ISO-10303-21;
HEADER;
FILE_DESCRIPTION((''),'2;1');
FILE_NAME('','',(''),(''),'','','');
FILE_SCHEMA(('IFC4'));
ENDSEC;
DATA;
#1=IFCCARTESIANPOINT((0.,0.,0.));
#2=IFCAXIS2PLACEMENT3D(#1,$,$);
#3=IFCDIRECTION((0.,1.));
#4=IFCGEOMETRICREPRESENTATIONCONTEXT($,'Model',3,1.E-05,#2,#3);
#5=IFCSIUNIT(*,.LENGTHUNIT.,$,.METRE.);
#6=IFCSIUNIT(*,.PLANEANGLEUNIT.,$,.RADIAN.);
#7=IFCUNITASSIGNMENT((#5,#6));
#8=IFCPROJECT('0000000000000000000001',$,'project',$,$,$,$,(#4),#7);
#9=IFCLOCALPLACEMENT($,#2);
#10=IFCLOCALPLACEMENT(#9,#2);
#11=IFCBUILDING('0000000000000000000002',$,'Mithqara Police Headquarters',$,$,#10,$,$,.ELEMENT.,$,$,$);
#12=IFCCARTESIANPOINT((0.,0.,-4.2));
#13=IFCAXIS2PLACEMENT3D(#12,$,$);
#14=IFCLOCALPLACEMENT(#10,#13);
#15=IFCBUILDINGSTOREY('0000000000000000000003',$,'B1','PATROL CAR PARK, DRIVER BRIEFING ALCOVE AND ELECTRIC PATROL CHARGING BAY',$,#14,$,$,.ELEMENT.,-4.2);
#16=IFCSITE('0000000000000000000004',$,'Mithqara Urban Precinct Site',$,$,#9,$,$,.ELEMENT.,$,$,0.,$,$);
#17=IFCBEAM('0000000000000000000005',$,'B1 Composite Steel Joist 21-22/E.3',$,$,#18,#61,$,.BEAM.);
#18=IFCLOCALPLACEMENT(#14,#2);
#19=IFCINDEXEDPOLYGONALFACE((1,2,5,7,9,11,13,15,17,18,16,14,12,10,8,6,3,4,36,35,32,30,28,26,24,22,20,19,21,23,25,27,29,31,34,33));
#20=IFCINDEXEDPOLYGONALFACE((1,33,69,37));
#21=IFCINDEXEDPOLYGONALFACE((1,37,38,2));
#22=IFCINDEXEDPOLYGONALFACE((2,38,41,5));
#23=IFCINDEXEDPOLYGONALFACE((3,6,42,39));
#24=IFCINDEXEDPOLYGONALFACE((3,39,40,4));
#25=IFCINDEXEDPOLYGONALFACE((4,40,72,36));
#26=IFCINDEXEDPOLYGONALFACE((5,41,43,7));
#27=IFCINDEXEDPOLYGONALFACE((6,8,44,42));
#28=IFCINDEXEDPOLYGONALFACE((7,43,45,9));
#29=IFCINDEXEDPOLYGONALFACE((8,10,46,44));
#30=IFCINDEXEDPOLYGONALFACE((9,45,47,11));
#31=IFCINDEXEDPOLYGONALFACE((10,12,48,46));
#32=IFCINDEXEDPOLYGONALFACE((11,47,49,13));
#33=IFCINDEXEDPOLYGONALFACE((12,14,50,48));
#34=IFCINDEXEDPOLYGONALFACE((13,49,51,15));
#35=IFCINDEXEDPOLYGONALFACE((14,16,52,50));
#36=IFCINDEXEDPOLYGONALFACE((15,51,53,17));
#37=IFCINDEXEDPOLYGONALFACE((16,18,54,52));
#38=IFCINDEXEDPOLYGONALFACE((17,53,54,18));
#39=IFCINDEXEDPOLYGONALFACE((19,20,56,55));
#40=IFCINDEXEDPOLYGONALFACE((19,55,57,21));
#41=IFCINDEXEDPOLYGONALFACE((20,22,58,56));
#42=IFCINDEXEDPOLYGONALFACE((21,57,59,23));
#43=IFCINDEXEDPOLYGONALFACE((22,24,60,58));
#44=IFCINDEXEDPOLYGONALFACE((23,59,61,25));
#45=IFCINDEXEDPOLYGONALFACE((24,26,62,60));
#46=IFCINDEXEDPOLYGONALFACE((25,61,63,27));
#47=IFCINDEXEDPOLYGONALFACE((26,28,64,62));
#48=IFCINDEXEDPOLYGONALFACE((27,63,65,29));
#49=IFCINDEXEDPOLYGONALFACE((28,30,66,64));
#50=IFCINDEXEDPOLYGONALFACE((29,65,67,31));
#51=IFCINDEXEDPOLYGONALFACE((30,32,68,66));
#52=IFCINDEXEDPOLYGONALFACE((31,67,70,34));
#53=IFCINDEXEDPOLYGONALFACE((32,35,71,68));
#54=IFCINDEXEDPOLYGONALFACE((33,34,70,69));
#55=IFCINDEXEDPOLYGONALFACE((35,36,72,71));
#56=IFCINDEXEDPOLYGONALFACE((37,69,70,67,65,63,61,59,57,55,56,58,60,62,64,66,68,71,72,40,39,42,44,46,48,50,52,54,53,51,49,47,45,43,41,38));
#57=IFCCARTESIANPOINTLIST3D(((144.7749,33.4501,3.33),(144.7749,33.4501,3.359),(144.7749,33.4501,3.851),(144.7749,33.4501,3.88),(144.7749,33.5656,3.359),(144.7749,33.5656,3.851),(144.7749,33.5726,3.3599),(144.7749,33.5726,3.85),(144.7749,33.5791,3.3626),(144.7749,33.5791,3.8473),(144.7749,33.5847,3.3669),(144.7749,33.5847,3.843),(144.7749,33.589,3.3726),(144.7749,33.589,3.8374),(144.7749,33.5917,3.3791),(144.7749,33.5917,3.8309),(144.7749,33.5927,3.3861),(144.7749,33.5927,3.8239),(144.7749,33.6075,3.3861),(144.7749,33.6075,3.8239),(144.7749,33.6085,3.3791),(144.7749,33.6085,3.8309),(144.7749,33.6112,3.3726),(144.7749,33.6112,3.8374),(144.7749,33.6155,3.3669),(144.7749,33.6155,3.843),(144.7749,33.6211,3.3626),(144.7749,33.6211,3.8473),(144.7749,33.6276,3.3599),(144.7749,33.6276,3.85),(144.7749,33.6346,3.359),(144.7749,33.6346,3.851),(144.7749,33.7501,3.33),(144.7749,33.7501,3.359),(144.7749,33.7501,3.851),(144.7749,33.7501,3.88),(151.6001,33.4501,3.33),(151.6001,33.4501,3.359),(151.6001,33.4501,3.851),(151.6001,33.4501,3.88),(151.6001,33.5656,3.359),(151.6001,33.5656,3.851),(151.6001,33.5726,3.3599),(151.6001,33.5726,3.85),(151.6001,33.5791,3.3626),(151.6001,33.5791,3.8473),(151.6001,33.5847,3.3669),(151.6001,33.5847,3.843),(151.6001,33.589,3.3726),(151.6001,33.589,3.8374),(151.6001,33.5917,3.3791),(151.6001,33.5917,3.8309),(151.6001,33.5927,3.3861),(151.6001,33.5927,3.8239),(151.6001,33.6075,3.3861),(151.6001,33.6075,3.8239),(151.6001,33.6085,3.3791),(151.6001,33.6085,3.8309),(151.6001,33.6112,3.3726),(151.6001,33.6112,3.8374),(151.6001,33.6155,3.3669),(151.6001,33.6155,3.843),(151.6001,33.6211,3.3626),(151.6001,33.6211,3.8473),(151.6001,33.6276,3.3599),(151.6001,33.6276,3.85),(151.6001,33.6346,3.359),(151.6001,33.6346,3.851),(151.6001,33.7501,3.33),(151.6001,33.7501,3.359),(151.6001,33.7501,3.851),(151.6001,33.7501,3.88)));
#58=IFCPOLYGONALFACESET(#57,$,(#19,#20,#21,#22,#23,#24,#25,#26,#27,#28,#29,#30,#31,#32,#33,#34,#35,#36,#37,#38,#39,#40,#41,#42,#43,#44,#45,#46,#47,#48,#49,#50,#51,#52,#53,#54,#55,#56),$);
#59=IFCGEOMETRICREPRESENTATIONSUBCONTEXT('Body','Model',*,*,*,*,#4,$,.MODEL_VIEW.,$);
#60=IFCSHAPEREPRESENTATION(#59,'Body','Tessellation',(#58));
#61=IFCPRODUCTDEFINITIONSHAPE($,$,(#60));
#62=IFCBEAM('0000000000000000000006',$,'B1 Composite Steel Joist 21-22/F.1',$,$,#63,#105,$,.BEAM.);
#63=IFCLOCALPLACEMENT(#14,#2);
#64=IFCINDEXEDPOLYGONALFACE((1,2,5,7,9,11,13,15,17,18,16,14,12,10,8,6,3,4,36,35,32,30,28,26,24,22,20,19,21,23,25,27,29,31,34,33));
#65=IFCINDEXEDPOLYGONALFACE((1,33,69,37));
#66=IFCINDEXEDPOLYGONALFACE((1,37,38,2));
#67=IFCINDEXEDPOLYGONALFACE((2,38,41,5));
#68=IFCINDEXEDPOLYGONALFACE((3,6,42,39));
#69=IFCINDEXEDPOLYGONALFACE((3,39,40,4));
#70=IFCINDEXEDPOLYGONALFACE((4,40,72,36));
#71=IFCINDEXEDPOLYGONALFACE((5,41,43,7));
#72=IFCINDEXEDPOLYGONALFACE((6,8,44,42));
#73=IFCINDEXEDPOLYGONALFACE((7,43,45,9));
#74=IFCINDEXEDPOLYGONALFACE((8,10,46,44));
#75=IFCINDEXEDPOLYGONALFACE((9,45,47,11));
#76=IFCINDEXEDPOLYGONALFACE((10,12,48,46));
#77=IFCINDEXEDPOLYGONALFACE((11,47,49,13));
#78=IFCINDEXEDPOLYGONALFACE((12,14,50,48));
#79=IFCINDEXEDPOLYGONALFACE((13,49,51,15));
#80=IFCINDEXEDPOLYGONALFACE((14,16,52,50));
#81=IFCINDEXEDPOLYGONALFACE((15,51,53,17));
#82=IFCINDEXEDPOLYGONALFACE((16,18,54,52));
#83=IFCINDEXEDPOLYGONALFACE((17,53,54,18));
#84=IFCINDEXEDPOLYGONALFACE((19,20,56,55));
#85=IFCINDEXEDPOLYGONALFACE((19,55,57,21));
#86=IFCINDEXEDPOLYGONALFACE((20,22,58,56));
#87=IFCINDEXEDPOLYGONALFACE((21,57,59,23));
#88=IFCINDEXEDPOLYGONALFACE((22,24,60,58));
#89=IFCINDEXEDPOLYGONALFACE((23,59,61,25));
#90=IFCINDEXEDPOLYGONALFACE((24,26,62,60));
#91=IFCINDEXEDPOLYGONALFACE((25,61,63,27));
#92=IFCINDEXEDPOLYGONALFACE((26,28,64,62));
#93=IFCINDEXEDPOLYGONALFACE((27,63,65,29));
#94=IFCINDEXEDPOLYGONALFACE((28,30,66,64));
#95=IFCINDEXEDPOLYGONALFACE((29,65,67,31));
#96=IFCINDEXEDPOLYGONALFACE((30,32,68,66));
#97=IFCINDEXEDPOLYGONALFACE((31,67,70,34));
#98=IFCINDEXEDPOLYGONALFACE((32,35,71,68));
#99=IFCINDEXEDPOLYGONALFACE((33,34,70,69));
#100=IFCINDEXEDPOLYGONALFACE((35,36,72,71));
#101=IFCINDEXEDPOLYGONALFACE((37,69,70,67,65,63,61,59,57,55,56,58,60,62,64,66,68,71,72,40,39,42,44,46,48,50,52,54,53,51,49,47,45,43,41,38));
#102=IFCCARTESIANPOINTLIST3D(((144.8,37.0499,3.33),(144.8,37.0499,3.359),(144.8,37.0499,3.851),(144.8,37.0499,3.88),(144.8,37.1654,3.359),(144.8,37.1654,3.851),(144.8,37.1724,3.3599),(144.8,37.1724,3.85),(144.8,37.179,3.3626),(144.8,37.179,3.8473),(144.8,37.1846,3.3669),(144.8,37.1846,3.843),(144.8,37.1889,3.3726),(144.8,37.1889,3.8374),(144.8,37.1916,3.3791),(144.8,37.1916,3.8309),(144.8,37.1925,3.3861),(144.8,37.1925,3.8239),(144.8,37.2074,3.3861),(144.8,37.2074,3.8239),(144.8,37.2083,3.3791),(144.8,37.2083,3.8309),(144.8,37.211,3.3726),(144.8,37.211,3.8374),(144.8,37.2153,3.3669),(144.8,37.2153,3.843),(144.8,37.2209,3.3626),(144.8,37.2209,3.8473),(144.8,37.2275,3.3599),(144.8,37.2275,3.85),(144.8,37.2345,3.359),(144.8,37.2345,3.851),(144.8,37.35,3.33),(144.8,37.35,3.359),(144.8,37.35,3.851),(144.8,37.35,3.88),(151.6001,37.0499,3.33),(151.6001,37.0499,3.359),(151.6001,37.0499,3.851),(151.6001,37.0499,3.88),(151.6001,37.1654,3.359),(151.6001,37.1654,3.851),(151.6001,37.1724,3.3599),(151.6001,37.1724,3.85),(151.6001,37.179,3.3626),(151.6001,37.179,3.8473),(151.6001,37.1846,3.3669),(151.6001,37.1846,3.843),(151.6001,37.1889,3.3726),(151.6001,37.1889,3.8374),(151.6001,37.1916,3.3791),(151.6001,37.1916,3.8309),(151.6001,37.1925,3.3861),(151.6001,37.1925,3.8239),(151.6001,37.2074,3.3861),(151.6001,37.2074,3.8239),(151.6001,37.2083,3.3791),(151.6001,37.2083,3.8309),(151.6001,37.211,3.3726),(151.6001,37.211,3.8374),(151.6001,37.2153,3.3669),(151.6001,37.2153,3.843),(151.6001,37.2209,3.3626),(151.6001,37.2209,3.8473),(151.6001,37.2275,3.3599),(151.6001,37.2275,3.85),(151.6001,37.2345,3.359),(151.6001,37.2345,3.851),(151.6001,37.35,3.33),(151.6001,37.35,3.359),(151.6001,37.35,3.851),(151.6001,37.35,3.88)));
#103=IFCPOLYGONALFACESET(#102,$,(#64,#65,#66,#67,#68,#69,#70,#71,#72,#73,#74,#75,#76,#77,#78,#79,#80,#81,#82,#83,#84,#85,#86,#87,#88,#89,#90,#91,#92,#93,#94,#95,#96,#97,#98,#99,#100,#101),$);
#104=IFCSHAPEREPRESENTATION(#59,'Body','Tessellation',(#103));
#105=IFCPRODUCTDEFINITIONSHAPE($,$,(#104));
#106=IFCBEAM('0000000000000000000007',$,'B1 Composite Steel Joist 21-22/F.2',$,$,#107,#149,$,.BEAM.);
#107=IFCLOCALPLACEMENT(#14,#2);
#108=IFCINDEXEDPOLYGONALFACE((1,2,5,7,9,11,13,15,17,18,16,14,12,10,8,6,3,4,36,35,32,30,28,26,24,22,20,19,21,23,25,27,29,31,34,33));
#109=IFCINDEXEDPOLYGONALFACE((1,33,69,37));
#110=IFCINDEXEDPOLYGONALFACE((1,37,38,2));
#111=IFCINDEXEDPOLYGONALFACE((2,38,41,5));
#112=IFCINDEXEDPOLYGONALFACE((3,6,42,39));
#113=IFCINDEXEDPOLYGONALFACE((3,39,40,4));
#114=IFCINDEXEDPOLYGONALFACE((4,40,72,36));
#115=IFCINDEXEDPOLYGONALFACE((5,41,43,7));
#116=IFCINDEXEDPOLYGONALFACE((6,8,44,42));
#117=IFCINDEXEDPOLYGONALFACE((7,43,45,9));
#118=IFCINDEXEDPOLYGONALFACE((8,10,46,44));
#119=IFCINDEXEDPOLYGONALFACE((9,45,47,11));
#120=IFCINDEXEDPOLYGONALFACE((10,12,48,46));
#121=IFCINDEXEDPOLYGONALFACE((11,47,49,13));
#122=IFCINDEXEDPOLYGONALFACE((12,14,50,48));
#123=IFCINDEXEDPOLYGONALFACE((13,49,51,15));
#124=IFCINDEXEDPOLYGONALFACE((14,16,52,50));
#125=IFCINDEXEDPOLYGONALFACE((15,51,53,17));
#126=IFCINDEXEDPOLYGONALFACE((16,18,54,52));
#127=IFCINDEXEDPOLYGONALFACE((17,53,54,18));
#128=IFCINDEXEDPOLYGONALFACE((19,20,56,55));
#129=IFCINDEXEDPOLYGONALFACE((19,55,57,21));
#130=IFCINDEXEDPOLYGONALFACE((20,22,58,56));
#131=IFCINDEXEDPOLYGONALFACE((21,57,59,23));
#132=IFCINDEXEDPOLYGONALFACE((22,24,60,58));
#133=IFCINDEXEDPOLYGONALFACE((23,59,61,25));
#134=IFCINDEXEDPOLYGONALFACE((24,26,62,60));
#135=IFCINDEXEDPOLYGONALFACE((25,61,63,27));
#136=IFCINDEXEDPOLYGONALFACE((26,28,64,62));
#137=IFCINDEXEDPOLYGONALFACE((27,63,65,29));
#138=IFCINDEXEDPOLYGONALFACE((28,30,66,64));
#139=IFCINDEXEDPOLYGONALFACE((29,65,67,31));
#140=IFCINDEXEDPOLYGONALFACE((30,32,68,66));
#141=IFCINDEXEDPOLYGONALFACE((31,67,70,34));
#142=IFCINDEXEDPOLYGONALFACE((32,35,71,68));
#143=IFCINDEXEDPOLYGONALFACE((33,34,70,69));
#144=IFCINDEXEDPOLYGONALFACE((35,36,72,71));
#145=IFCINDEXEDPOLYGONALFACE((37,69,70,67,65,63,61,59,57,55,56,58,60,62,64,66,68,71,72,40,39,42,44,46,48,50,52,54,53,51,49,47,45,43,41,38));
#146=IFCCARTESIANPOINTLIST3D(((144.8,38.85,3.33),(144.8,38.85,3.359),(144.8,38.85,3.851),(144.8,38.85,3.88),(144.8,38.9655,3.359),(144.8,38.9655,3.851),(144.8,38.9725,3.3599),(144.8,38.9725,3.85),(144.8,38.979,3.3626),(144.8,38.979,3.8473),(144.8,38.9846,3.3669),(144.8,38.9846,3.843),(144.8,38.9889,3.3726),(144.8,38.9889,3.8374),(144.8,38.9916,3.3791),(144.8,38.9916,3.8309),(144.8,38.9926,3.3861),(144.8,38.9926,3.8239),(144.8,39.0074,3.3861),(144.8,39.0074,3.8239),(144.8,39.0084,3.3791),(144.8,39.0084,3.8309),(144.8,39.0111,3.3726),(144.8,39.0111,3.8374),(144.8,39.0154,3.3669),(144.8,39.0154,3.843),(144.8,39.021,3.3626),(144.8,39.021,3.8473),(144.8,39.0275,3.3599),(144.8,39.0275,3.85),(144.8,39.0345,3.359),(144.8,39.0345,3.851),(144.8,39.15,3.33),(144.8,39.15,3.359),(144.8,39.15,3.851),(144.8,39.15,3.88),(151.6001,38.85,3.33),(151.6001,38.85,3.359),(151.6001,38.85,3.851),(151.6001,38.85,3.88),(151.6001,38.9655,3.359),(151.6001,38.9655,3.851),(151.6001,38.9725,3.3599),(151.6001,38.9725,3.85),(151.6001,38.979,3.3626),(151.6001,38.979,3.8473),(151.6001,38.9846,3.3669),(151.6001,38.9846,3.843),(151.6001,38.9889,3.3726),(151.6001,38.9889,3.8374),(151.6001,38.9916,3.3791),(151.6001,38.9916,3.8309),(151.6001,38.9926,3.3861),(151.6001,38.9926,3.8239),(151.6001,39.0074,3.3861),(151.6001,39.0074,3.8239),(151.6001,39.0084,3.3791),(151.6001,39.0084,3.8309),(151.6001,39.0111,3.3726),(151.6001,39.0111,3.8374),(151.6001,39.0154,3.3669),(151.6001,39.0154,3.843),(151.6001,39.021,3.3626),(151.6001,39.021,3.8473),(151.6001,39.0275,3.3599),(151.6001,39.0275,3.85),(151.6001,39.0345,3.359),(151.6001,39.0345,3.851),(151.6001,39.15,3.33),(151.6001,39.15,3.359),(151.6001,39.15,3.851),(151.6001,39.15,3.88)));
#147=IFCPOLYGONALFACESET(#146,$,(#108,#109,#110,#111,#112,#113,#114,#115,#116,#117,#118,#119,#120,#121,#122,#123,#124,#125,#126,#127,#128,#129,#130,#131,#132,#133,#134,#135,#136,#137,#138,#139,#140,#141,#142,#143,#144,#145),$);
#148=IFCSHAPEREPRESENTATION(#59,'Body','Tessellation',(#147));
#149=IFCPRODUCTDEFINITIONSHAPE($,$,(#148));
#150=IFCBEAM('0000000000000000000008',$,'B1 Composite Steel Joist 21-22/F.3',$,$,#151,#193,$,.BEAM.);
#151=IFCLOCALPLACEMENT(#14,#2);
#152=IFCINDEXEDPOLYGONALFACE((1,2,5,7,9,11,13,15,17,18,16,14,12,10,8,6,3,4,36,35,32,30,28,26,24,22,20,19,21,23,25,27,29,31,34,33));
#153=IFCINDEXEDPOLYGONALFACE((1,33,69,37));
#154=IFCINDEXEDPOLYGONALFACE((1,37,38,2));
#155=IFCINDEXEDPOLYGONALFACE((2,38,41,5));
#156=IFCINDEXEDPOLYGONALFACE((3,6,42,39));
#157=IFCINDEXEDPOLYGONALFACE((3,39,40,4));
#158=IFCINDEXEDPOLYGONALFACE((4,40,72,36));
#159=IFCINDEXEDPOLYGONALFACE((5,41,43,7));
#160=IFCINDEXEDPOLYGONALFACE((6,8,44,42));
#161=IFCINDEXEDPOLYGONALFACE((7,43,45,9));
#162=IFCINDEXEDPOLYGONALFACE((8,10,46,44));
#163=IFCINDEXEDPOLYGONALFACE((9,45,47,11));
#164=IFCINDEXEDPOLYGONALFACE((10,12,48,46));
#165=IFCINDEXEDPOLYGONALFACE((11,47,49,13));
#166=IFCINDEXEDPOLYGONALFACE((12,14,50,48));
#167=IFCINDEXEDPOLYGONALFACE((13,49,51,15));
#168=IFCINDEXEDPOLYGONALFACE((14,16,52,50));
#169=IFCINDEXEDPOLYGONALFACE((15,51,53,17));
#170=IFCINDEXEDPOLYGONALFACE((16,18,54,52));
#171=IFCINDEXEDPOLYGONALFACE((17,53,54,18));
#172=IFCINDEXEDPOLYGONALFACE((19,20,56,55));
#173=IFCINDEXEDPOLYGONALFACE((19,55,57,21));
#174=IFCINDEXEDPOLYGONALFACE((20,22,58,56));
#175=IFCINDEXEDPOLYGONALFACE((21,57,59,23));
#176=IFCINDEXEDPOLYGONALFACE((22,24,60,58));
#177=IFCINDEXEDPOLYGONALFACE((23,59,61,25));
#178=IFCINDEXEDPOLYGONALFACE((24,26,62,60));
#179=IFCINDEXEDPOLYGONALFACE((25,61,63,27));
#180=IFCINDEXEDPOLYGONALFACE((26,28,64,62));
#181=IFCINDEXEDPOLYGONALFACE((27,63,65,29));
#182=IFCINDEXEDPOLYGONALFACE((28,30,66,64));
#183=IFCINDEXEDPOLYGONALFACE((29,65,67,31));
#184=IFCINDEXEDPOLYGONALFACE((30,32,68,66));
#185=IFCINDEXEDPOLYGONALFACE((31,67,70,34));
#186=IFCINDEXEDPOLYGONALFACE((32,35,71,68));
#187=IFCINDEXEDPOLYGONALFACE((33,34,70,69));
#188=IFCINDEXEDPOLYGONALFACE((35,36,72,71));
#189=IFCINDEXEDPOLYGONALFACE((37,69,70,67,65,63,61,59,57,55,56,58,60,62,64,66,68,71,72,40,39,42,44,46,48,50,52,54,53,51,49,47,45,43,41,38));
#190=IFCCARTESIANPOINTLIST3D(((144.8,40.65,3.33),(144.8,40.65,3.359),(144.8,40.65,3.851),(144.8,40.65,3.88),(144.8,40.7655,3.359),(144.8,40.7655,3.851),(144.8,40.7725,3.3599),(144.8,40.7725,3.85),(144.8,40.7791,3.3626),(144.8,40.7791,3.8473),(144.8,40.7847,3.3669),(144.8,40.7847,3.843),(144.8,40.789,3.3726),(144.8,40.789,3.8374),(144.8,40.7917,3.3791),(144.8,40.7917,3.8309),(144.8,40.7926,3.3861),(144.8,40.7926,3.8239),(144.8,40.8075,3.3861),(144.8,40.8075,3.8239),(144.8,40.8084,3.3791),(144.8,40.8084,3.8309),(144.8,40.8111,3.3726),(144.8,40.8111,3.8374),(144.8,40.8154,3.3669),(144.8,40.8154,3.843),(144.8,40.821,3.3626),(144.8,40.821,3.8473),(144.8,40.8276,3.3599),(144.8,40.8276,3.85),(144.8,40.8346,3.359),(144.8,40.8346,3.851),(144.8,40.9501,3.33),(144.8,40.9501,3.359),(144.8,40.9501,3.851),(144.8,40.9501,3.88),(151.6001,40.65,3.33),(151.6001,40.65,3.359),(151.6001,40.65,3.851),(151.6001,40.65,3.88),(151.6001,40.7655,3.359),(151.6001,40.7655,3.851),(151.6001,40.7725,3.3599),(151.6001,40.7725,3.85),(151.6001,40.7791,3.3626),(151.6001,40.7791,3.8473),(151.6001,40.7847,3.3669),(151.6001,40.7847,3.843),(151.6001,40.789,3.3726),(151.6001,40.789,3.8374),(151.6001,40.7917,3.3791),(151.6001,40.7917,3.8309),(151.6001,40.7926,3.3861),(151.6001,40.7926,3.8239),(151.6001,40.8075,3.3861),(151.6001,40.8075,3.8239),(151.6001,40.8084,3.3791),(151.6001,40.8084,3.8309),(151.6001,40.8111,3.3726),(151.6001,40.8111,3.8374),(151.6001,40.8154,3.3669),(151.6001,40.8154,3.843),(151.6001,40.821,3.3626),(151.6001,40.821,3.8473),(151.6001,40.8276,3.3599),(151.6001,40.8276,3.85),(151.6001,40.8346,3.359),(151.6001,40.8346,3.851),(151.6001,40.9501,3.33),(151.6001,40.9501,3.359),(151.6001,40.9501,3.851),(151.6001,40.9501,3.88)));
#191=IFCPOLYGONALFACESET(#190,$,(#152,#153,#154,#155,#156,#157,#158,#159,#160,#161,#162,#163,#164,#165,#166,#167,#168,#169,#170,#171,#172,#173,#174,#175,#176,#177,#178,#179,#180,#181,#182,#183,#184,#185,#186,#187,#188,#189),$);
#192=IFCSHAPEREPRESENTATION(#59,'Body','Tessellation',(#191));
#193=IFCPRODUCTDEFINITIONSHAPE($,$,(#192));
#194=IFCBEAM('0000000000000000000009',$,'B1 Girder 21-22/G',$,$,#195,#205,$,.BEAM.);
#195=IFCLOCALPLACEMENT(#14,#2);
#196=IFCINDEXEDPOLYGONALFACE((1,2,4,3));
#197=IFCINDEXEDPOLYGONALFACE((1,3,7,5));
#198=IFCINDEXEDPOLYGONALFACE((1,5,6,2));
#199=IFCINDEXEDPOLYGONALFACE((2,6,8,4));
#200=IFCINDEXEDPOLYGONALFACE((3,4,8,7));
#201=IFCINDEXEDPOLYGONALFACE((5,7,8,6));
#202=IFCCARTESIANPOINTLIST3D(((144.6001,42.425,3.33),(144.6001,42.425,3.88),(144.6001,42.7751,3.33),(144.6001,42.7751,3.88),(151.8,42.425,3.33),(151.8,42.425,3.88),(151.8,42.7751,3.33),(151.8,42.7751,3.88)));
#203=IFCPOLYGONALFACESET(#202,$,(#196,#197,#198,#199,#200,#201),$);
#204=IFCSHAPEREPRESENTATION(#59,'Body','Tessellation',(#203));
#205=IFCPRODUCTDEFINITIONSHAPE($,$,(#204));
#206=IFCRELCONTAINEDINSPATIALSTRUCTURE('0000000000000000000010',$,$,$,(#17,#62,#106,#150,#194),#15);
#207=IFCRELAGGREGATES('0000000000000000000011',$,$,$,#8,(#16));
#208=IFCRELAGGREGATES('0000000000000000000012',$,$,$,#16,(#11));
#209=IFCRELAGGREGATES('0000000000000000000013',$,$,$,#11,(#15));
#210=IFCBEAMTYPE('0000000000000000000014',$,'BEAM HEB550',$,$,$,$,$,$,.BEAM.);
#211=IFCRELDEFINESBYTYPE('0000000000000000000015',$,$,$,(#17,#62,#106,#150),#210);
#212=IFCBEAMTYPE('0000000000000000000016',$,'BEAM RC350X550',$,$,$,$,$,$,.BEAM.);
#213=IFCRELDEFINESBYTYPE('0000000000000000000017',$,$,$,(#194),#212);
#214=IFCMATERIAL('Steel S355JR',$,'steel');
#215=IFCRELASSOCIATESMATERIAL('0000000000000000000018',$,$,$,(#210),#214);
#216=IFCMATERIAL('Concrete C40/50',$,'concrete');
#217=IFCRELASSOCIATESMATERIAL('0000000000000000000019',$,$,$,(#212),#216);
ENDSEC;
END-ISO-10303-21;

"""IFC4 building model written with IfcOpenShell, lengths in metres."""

from ifc_helpers import new_model, si_unit, direction, frame, origin, origin_2d, place, context, subcontext, project, spatial, rectangle, i_section, extrude, material, material_profile, profile_set, type_object, element, save


model = new_model("IFC4")

# Units and contexts
model_context = context("Model", 3, precision=1e-05, world=origin(), true_north=direction((0.0, 1.0)))
body_context = subcontext(model_context, "Body", "Model", "MODEL_VIEW")
ifc_project = project(units=[si_unit("LENGTHUNIT", "METRE"), si_unit("PLANEANGLEUNIT", "RADIAN")], contexts=[model_context])

# Site, building, storey
site_placement = place(None, origin())
site = spatial("IfcSite", under=ifc_project, at=site_placement, Name="Mithqara Urban Precinct Site", CompositionType="ELEMENT", RefElevation=0.0)
building_placement = place(site_placement, origin())
building = spatial("IfcBuilding", under=site, at=building_placement, Name="Mithqara Police Headquarters", CompositionType="ELEMENT")
storey_placement = place(building_placement, frame((0.0, 0.0, -4.2)))
storey = spatial("IfcBuildingStorey", under=building, at=storey_placement, Name="B1", Description="PATROL CAR PARK, DRIVER BRIEFING ALCOVE AND ELECTRIC PATROL CHARGING BAY", CompositionType="ELEMENT", Elevation=-4.2)

# Shared definitions
ifc_material_1 = material(Name="Concrete C40/50", Category="concrete")

# Beams
ifc_material_2 = material(Name="Steel S355JR", Category="steel")
ifc_material_profile_1 = material_profile(ifc_material_2, i_section(OverallWidth=0.3, OverallDepth=0.55, WebThickness=0.0149, FlangeThickness=0.0291, FilletRadius=0.0271, at=origin_2d()), Name="HEB 550")
ifc_profile_set_1 = profile_set([ifc_material_profile_1], Name="Steel S355JR")
beam_type_1 = type_object("IfcBeamType", Name="BEAM HEB550", PredefinedType="BEAM", material=ifc_profile_set_1)
for number, where, z_axis, x_axis, name in (
    (1, (144.7749, 33.6001, 3.605), (1.0, 0.0, 0.0), (0.0, 1.0, 0.0), "B1 Composite Steel Joist 21-22/E.3"),
):
    element("IfcBeam", number, at=place(storey_placement, frame(where, z_axis=z_axis, x_axis=x_axis)), inside=storey, type_object=beam_type_1, Name=name, PredefinedType="BEAM", context=body_context, shape_type="SweptSolid", body=[
        extrude(i_section(OverallWidth=0.3, OverallDepth=0.55, WebThickness=0.0149, FlangeThickness=0.0291, FilletRadius=0.0271, at=origin_2d()), origin(), (0.0, 0.0, 1.0), 6.8252),
    ])
for number, where, z_axis, x_axis, name in (
    (2, (144.8, 37.2, 3.605), (1.0, 0.0, 0.0), (0.0, 1.0, 0.0), "B1 Composite Steel Joist 21-22/F.1"),
    (3, (144.8, 39.0, 3.605), (1.0, 0.0, 0.0), (0.0, 1.0, 0.0), "B1 Composite Steel Joist 21-22/F.2"),
    (4, (144.8, 40.8, 3.605), (1.0, 0.0, 0.0), (0.0, 1.0, 0.0), "B1 Composite Steel Joist 21-22/F.3"),
):
    element("IfcBeam", number, at=place(storey_placement, frame(where, z_axis=z_axis, x_axis=x_axis)), inside=storey, type_object=beam_type_1, Name=name, PredefinedType="BEAM", context=body_context, shape_type="SweptSolid", body=[
        extrude(i_section(OverallWidth=0.3, OverallDepth=0.55, WebThickness=0.0149, FlangeThickness=0.0291, FilletRadius=0.0271, at=origin_2d()), origin(), (0.0, 0.0, 1.0), 6.8),
    ])
ifc_material_profile_2 = material_profile(ifc_material_1, rectangle(XDim=0.3501, YDim=0.55, at=origin_2d()), Name="RC 350x550")
ifc_profile_set_2 = profile_set([ifc_material_profile_2], Name="Concrete C40/50")
beam_type_2 = type_object("IfcBeamType", Name="BEAM RC350X550", PredefinedType="BEAM", material=ifc_profile_set_2)
beam_1_placement = place(storey_placement, frame((144.6001, 42.6001, 3.605), z_axis=(1.0, 0.0, 0.0), x_axis=(0.0, 1.0, 0.0)))
element("IfcBeam", 5, at=beam_1_placement, inside=storey, type_object=beam_type_2, Name="B1 Girder 21-22/G", PredefinedType="BEAM", context=body_context, shape_type="SweptSolid", body=[
    extrude(rectangle(XDim=0.3501, YDim=0.55, at=origin_2d()), origin(), (0.0, 0.0, 1.0), 7.2),
])

save(model, "model.ifc")
